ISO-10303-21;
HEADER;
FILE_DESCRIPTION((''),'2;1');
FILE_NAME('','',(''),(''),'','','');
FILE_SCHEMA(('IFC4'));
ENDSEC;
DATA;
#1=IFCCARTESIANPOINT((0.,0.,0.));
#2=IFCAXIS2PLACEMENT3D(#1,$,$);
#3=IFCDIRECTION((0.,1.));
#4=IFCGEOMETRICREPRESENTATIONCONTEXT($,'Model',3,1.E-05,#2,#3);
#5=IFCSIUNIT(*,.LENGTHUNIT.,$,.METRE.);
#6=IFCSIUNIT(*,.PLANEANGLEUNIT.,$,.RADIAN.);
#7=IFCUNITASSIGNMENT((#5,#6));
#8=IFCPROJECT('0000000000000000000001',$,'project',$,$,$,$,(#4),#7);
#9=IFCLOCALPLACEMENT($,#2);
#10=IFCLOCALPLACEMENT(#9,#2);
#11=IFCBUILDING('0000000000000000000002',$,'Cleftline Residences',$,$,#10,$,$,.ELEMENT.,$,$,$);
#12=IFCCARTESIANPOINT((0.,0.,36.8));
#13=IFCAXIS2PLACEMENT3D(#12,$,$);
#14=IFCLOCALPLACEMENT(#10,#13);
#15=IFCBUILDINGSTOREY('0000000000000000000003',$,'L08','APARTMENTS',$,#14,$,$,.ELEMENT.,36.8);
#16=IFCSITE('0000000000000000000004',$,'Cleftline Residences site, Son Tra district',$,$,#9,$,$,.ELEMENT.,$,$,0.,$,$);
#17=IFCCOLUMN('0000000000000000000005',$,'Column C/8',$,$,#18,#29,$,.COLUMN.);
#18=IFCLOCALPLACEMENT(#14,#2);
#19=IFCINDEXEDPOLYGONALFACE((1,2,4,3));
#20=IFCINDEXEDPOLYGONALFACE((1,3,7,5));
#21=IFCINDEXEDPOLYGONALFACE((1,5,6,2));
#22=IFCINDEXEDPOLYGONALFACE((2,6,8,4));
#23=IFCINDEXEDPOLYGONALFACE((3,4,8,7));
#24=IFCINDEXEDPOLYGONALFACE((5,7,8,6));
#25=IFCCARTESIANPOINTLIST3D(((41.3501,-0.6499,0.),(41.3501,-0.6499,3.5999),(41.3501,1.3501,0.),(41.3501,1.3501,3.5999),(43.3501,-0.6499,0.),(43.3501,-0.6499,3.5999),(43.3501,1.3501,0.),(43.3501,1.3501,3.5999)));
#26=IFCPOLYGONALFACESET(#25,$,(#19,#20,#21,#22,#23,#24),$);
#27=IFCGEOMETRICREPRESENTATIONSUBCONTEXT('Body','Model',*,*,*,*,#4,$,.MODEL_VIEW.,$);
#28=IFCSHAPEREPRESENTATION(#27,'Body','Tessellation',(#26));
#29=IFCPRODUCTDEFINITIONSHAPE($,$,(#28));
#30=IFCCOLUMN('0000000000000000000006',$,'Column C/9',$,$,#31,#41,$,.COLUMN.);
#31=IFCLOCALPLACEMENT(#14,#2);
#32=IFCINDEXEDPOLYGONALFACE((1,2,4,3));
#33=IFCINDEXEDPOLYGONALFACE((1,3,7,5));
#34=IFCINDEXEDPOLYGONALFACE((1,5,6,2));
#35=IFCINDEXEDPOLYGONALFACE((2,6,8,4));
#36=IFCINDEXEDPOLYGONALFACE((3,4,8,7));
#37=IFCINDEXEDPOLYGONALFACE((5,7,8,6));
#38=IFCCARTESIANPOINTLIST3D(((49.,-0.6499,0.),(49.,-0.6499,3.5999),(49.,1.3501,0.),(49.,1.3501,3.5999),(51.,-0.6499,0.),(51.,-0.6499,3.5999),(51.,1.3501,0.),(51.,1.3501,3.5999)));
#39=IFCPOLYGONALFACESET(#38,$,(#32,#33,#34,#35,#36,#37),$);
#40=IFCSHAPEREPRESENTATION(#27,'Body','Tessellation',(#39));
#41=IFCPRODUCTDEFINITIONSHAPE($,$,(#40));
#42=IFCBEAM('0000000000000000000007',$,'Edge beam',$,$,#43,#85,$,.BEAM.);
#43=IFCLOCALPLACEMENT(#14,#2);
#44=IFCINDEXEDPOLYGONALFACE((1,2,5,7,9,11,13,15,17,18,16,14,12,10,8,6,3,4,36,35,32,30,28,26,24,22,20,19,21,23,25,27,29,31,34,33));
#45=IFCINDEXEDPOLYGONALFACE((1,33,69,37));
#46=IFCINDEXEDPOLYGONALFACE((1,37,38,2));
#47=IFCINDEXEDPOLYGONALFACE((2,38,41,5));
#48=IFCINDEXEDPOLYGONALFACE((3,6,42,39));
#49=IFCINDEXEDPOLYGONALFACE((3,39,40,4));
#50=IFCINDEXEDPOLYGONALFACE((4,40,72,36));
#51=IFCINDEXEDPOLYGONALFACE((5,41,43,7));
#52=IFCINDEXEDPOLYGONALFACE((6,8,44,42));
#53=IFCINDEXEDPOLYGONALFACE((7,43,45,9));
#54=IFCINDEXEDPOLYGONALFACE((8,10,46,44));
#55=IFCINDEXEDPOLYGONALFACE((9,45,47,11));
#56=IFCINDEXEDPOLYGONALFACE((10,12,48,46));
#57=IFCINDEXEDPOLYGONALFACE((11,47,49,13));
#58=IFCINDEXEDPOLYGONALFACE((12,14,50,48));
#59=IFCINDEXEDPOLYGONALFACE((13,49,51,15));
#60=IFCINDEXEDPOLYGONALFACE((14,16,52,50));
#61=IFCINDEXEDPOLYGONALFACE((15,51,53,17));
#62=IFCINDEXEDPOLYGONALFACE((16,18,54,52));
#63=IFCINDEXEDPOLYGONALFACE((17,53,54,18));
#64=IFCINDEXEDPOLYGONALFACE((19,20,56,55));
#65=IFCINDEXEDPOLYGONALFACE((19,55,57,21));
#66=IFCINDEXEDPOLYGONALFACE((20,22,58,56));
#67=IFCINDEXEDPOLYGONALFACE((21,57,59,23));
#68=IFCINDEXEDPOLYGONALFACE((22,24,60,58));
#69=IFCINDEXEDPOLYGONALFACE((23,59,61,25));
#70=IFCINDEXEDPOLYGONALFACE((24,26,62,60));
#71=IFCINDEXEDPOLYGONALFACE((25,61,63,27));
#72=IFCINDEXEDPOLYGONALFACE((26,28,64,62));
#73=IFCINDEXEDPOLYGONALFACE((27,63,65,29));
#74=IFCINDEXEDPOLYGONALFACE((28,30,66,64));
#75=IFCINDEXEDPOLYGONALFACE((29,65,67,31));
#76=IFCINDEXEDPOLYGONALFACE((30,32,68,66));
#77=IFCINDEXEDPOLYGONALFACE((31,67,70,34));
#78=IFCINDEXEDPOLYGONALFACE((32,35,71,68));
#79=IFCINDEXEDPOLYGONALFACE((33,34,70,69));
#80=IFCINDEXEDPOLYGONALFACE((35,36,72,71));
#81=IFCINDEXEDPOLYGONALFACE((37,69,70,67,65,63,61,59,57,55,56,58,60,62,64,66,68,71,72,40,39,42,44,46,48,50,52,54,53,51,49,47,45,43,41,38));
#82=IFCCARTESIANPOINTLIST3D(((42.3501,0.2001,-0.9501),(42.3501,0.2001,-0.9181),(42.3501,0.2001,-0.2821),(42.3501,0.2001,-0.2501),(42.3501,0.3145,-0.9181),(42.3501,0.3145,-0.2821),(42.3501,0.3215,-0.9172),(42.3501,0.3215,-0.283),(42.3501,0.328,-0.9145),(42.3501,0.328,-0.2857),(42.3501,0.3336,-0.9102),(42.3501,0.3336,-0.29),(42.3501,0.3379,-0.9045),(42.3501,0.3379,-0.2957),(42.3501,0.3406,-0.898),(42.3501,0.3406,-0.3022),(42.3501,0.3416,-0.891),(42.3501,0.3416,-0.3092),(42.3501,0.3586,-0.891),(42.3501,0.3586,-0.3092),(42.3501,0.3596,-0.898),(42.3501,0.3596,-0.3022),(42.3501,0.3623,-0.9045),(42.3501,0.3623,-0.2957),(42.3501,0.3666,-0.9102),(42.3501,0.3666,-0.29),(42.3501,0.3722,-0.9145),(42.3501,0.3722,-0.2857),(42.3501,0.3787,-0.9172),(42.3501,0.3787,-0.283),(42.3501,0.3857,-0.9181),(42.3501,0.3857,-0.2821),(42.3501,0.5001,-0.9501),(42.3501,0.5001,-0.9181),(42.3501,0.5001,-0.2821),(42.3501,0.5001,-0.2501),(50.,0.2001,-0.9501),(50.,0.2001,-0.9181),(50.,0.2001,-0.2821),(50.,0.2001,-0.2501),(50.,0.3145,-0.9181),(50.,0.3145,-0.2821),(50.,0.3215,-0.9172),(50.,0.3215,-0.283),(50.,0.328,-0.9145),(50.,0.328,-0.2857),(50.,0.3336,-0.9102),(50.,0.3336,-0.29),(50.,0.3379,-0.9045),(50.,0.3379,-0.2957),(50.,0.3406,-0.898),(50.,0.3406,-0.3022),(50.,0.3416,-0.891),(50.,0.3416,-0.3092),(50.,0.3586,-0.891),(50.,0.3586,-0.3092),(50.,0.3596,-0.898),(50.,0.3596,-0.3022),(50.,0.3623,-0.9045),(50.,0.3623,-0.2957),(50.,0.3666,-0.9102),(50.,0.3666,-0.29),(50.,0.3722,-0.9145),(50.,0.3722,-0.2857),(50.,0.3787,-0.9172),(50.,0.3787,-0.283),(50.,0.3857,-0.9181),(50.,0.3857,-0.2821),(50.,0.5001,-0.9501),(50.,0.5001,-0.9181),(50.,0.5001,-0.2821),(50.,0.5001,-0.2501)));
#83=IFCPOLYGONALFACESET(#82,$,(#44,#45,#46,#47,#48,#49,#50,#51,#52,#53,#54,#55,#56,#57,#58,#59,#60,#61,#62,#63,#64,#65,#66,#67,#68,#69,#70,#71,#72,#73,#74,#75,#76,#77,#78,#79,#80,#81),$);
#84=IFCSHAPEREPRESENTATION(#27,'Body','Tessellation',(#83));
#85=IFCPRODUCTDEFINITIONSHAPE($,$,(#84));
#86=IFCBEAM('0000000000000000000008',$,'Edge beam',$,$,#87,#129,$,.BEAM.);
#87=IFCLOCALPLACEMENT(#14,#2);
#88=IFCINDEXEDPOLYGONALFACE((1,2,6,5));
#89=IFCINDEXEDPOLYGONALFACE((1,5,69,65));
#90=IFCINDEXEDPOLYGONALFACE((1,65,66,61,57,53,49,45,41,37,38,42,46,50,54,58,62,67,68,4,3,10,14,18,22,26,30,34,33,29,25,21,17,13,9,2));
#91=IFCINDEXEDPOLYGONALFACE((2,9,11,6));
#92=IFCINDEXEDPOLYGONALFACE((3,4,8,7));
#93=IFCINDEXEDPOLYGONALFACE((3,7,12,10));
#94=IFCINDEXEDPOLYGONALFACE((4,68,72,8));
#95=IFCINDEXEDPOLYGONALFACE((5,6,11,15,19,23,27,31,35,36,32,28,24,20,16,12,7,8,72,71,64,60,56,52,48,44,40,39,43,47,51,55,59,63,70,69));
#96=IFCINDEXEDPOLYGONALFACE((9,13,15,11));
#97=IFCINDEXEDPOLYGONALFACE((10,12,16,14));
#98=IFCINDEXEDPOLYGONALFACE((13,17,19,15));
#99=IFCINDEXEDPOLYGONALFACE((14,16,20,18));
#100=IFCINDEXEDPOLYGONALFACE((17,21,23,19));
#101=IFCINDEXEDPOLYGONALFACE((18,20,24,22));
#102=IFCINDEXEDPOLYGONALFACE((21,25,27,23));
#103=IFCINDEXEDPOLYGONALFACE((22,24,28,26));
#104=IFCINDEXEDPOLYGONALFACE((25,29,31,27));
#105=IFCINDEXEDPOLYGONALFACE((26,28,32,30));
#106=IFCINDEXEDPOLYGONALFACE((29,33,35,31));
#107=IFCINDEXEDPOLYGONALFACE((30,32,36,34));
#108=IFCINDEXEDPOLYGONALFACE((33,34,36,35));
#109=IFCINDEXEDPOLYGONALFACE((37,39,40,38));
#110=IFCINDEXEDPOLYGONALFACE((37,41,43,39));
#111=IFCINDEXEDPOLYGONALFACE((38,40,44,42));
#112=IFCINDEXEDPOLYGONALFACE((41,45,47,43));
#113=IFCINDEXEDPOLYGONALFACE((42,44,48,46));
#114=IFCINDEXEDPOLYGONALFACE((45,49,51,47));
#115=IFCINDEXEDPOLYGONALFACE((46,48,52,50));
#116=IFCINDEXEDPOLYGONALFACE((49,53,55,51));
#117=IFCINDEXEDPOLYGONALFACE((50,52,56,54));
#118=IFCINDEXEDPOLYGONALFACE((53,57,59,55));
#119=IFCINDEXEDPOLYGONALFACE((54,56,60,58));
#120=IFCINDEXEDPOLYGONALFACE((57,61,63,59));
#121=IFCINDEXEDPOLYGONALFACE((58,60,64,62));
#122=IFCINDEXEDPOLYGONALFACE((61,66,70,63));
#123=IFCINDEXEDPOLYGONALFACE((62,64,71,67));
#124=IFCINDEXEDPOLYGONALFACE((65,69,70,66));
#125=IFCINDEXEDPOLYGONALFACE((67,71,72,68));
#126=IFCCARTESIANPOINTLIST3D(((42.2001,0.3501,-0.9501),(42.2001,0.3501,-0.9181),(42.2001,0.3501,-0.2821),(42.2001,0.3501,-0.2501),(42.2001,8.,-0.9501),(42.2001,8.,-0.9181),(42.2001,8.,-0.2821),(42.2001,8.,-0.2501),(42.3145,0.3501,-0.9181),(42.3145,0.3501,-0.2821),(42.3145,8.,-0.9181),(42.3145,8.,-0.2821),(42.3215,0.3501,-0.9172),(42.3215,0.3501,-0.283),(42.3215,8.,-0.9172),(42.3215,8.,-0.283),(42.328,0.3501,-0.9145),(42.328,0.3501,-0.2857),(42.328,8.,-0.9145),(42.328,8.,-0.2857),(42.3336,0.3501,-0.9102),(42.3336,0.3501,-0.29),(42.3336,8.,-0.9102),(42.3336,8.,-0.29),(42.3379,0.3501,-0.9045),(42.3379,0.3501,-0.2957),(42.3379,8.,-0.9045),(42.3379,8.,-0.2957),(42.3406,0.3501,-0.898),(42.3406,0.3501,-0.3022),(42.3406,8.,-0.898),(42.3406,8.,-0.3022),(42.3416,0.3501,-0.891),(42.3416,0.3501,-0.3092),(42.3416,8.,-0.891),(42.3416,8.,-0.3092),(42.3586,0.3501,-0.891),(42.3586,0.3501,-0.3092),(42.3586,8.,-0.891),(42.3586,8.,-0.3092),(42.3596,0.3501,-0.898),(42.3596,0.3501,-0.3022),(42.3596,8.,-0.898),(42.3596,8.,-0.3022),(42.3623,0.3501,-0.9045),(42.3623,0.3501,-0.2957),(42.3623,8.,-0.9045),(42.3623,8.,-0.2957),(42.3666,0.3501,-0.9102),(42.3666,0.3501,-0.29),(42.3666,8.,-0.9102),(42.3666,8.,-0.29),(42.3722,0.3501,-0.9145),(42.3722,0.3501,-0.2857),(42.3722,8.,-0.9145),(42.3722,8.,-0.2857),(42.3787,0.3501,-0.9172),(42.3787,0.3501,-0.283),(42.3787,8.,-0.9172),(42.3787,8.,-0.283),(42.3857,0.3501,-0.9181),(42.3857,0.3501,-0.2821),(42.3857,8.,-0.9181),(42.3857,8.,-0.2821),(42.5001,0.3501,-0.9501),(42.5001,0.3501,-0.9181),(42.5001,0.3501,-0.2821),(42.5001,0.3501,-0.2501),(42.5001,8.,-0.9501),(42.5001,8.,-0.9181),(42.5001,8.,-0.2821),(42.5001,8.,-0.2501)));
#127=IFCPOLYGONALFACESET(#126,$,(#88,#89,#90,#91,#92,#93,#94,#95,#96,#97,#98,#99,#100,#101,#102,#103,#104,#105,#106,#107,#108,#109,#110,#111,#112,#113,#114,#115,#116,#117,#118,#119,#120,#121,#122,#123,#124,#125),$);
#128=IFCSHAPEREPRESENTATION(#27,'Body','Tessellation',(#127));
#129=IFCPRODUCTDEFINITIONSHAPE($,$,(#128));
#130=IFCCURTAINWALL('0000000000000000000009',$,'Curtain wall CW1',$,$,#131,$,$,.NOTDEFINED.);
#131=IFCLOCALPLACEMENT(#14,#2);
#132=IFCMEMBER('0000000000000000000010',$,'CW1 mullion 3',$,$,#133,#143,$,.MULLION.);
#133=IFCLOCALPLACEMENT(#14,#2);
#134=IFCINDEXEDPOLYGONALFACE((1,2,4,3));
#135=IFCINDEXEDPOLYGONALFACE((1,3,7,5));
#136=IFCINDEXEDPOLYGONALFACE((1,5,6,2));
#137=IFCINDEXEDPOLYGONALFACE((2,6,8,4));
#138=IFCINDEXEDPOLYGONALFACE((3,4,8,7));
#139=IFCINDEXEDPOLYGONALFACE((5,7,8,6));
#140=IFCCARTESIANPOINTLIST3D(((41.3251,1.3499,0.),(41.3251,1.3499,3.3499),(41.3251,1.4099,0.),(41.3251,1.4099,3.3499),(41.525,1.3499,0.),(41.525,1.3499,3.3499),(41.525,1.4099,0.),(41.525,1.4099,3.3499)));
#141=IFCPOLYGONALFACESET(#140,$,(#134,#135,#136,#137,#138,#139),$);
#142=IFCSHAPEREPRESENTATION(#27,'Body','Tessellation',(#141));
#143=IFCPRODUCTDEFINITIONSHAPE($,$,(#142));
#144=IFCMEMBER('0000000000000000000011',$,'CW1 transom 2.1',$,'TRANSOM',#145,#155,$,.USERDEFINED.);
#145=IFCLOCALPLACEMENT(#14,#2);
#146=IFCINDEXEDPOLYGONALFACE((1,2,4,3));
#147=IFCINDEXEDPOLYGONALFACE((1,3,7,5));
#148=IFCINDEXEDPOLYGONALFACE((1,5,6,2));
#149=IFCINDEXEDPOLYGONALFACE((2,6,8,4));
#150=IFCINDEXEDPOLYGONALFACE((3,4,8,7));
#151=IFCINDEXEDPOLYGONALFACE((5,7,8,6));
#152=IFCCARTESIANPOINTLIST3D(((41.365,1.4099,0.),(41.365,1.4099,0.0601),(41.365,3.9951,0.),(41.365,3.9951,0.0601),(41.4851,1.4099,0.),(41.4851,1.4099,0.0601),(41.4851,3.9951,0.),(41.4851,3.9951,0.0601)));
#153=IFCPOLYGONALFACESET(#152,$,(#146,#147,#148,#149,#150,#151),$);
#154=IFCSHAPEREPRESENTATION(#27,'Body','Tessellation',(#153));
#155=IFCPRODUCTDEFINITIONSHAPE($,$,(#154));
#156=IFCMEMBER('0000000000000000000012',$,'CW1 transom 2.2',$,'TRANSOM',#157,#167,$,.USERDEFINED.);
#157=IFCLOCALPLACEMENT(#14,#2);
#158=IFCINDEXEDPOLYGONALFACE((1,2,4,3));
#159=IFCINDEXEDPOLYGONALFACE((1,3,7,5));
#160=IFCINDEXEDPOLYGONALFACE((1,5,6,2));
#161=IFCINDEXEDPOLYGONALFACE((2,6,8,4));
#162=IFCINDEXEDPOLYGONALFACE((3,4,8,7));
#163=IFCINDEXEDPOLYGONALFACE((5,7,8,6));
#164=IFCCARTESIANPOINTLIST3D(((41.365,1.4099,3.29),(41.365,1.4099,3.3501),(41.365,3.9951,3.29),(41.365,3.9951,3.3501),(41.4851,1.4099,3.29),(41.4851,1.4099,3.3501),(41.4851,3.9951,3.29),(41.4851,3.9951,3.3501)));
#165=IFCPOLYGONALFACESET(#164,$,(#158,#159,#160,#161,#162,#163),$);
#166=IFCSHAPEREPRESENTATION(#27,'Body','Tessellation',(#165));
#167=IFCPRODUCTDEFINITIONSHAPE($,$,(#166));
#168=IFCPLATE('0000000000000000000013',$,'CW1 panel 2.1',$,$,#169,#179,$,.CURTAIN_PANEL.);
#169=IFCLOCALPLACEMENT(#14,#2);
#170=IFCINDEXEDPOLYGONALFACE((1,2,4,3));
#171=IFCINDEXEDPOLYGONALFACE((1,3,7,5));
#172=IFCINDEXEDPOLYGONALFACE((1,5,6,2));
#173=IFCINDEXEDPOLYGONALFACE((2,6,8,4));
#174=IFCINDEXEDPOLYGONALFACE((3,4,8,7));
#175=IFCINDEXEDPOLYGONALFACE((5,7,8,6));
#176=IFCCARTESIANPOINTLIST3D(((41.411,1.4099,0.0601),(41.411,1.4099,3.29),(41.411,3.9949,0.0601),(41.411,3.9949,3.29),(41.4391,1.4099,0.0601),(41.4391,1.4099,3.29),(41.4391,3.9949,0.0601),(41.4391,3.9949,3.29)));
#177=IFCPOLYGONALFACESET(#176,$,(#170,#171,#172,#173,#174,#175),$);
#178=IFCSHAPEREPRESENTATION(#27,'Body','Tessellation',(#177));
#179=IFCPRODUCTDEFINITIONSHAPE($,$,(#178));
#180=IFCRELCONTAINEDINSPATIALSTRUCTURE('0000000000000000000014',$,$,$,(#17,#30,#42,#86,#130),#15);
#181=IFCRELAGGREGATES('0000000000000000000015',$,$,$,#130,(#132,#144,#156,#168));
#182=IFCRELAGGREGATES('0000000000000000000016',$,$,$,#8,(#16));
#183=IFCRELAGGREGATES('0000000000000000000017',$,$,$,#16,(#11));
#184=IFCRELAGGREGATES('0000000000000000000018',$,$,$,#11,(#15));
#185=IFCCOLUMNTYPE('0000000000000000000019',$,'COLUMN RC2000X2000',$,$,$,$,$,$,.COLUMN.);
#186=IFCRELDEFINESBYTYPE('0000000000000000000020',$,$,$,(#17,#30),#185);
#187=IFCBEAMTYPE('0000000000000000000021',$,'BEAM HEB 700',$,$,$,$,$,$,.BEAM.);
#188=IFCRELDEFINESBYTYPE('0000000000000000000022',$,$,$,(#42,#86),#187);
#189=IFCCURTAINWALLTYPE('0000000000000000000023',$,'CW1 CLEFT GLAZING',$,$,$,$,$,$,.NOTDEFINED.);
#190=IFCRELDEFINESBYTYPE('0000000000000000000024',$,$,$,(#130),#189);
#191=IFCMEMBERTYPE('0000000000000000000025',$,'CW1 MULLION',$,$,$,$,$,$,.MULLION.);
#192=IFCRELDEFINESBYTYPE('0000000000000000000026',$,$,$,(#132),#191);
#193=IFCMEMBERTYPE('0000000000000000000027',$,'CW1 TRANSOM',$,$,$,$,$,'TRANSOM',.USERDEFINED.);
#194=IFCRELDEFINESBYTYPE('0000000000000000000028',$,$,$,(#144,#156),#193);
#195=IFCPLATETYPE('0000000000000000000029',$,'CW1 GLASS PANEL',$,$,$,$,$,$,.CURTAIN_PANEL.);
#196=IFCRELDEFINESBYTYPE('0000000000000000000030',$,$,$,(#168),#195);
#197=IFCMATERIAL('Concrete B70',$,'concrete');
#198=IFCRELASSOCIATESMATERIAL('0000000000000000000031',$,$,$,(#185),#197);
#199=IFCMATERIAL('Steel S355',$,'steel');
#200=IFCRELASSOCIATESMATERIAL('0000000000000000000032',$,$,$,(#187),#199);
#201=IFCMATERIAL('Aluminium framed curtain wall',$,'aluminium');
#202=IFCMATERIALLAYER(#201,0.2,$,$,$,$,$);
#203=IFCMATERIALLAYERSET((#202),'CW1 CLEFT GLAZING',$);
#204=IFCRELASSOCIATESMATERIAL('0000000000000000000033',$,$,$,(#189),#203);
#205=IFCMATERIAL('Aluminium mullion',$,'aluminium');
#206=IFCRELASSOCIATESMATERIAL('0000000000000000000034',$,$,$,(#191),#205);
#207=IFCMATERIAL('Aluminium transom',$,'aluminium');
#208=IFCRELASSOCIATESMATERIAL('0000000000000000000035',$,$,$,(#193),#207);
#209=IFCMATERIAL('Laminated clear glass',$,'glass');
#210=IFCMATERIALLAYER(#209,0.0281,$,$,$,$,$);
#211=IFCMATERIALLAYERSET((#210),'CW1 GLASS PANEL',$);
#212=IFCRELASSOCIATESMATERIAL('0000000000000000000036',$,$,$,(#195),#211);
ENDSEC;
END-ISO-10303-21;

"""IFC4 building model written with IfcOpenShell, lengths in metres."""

from ifc_helpers import new_model, si_unit, direction, frame, origin, origin_2d, place, context, subcontext, project, spatial, rectangle, i_section, extrude, material, layer, layer_set, material_profile, profile_set, type_object, element, aggregate, save


model = new_model("IFC4")

# Units and contexts
model_context = context("Model", 3, precision=1e-05, world=origin(), true_north=direction((0.0, 1.0)))
body_context = subcontext(model_context, "Body", "Model", "MODEL_VIEW")
ifc_project = project(units=[si_unit("LENGTHUNIT", "METRE"), si_unit("PLANEANGLEUNIT", "RADIAN")], contexts=[model_context])

# Site, building, storey
site_placement = place(None, origin())
site = spatial("IfcSite", under=ifc_project, at=site_placement, Name="Cleftline Residences site, Son Tra district", CompositionType="ELEMENT", RefElevation=0.0)
building_placement = place(site_placement, origin())
building = spatial("IfcBuilding", under=site, at=building_placement, Name="Cleftline Residences", CompositionType="ELEMENT")
storey_placement = place(building_placement, frame((0.0, 0.0, 36.8)))
storey = spatial("IfcBuildingStorey", under=building, at=storey_placement, Name="L08", Description="APARTMENTS", CompositionType="ELEMENT", Elevation=36.8)

# Columns
ifc_material_1 = material(Name="Concrete B70", Category="concrete")
ifc_material_profile_1 = material_profile(ifc_material_1, rectangle(XDim=2.0, YDim=2.0, at=origin_2d()))
ifc_profile_set_1 = profile_set([ifc_material_profile_1], Name="Concrete B70")
column_type = type_object("IfcColumnType", Name="COLUMN RC2000X2000", PredefinedType="COLUMN", material=ifc_profile_set_1)
for number, where, z_axis, x_axis, name in (
    (1, (42.3501, 0.3501, 0.0), (0.0, 0.0, 1.0), (1.0, 0.0, 0.0), "Column C/8"),
    (2, (50.0, 0.3501, 0.0), (0.0, 0.0, 1.0), (1.0, 0.0, 0.0), "Column C/9"),
):
    element("IfcColumn", number, at=place(storey_placement, frame(where, z_axis=z_axis, x_axis=x_axis)), inside=storey, type_object=column_type, Name=name, PredefinedType="COLUMN", context=body_context, shape_type="SweptSolid", body=[
        extrude(rectangle(XDim=2.0, YDim=2.0, at=origin_2d()), origin(), (0.0, 0.0, 1.0), 3.5999),
    ])

# Beams
ifc_material_2 = material(Name="Steel S355", Category="steel")
ifc_material_profile_2 = material_profile(ifc_material_2, i_section(OverallWidth=0.3, OverallDepth=0.7, WebThickness=0.0171, FlangeThickness=0.032, FilletRadius=0.0271, at=origin_2d()))
ifc_profile_set_2 = profile_set([ifc_material_profile_2], Name="Steel S355")
beam_type = type_object("IfcBeamType", Name="BEAM HEB 700", PredefinedType="BEAM", material=ifc_profile_set_2)
for number, where, z_axis, x_axis, name in (
    (3, (50.0, 0.3501, -0.6001), (-1.0, 0.0, 0.0), (0.0, -1.0, 0.0), "Edge beam"),
    (4, (42.3501, 0.3501, -0.6001), (0.0, 1.0, 0.0), (-1.0, 0.0, 0.0), "Edge beam"),
):
    element("IfcBeam", number, at=place(storey_placement, frame(where, z_axis=z_axis, x_axis=x_axis)), inside=storey, type_object=beam_type, Name=name, PredefinedType="BEAM", context=body_context, shape_type="SweptSolid", body=[
        extrude(i_section(OverallWidth=0.3, OverallDepth=0.7, WebThickness=0.0171, FlangeThickness=0.032, FilletRadius=0.0271, at=origin_2d()), origin(), (0.0, 0.0, 1.0), 7.6499),
    ])

# Curtain wall, members, plate
ifc_material_3 = material(Name="Aluminium framed curtain wall", Category="aluminium")
ifc_layer_1 = layer(ifc_material_3, 0.2)
ifc_layer_set_1 = layer_set([ifc_layer_1], Name="CW1 CLEFT GLAZING")
curtain_wall_type = type_object("IfcCurtainWallType", Name="CW1 CLEFT GLAZING", PredefinedType="NOTDEFINED", material=ifc_layer_set_1)
curtain_wall_placement = place(storey_placement, origin())
curtain_wall = element("IfcCurtainWall", 5, at=curtain_wall_placement, inside=storey, type_object=curtain_wall_type, Name="Curtain wall CW1", PredefinedType="NOTDEFINED")
ifc_material_4 = material(Name="Aluminium mullion", Category="aluminium")
ifc_material_profile_3 = material_profile(ifc_material_4, rectangle(XDim=0.2, YDim=0.0601, at=origin_2d()))
ifc_profile_set_3 = profile_set([ifc_material_profile_3], Name="Aluminium mullion")
member_type_1 = type_object("IfcMemberType", Name="CW1 MULLION", PredefinedType="MULLION", material=ifc_profile_set_3)
member_1_placement = place(storey_placement, frame((41.425, 1.3799, 0.0), z_axis=(0.0, 0.0, 1.0), x_axis=(1.0, 0.0, 0.0)))
member_1 = element("IfcMember", 6, at=member_1_placement, type_object=member_type_1, Name="CW1 mullion 3", PredefinedType="MULLION", context=body_context, shape_type="SweptSolid", body=[
    extrude(rectangle(XDim=0.2, YDim=0.0601, at=origin_2d()), origin(), (0.0, 0.0, 1.0), 3.3499),
])
ifc_material_5 = material(Name="Aluminium transom", Category="aluminium")
ifc_material_profile_4 = material_profile(ifc_material_5, rectangle(XDim=0.1201, YDim=0.0601, at=origin_2d()))
ifc_profile_set_4 = profile_set([ifc_material_profile_4], Name="Aluminium transom")
member_type_2 = type_object("IfcMemberType", Name="CW1 TRANSOM", ElementType="TRANSOM", PredefinedType="USERDEFINED", material=ifc_profile_set_4)
member_2_placement = place(storey_placement, frame((41.425, 3.9951, 0.03), z_axis=(0.0, -1.0, 0.0), x_axis=(1.0, 0.0, 0.0)))
member_2 = element("IfcMember", 7, at=member_2_placement, type_object=member_type_2, Name="CW1 transom 2.1", ObjectType="TRANSOM", PredefinedType="USERDEFINED", context=body_context, shape_type="SweptSolid", body=[
    extrude(rectangle(XDim=0.1201, YDim=0.0601, at=origin_2d()), origin(), (0.0, 0.0, 1.0), 2.5852),
])
member_3_placement = place(storey_placement, frame((41.425, 3.9951, 3.3201), z_axis=(0.0, -1.0, 0.0), x_axis=(1.0, 0.0, 0.0)))
member_3 = element("IfcMember", 8, at=member_3_placement, type_object=member_type_2, Name="CW1 transom 2.2", ObjectType="TRANSOM", PredefinedType="USERDEFINED", context=body_context, shape_type="SweptSolid", body=[
    extrude(rectangle(XDim=0.1201, YDim=0.0601, at=origin_2d()), origin(), (0.0, 0.0, 1.0), 2.5852),
])
ifc_material_6 = material(Name="Laminated clear glass", Category="glass")
ifc_layer_2 = layer(ifc_material_6, 0.0281)
ifc_layer_set_2 = layer_set([ifc_layer_2], Name="CW1 GLASS PANEL")
plate_type = type_object("IfcPlateType", Name="CW1 GLASS PANEL", PredefinedType="CURTAIN_PANEL", material=ifc_layer_set_2)
plate_placement = place(storey_placement, frame((41.425, 2.7024, 0.0601), z_axis=(0.0, 0.0, 1.0), x_axis=(0.0, -1.0, 0.0)))
plate = element("IfcPlate", 9, at=plate_placement, type_object=plate_type, Name="CW1 panel 2.1", PredefinedType="CURTAIN_PANEL", context=body_context, shape_type="SweptSolid", body=[
    extrude(rectangle(XDim=2.585, YDim=0.0281, at=origin_2d()), origin(), (0.0, 0.0, 1.0), 3.23),
])
aggregate(curtain_wall, [member_1, member_2, member_3, plate])

save(model, "model.ifc")
